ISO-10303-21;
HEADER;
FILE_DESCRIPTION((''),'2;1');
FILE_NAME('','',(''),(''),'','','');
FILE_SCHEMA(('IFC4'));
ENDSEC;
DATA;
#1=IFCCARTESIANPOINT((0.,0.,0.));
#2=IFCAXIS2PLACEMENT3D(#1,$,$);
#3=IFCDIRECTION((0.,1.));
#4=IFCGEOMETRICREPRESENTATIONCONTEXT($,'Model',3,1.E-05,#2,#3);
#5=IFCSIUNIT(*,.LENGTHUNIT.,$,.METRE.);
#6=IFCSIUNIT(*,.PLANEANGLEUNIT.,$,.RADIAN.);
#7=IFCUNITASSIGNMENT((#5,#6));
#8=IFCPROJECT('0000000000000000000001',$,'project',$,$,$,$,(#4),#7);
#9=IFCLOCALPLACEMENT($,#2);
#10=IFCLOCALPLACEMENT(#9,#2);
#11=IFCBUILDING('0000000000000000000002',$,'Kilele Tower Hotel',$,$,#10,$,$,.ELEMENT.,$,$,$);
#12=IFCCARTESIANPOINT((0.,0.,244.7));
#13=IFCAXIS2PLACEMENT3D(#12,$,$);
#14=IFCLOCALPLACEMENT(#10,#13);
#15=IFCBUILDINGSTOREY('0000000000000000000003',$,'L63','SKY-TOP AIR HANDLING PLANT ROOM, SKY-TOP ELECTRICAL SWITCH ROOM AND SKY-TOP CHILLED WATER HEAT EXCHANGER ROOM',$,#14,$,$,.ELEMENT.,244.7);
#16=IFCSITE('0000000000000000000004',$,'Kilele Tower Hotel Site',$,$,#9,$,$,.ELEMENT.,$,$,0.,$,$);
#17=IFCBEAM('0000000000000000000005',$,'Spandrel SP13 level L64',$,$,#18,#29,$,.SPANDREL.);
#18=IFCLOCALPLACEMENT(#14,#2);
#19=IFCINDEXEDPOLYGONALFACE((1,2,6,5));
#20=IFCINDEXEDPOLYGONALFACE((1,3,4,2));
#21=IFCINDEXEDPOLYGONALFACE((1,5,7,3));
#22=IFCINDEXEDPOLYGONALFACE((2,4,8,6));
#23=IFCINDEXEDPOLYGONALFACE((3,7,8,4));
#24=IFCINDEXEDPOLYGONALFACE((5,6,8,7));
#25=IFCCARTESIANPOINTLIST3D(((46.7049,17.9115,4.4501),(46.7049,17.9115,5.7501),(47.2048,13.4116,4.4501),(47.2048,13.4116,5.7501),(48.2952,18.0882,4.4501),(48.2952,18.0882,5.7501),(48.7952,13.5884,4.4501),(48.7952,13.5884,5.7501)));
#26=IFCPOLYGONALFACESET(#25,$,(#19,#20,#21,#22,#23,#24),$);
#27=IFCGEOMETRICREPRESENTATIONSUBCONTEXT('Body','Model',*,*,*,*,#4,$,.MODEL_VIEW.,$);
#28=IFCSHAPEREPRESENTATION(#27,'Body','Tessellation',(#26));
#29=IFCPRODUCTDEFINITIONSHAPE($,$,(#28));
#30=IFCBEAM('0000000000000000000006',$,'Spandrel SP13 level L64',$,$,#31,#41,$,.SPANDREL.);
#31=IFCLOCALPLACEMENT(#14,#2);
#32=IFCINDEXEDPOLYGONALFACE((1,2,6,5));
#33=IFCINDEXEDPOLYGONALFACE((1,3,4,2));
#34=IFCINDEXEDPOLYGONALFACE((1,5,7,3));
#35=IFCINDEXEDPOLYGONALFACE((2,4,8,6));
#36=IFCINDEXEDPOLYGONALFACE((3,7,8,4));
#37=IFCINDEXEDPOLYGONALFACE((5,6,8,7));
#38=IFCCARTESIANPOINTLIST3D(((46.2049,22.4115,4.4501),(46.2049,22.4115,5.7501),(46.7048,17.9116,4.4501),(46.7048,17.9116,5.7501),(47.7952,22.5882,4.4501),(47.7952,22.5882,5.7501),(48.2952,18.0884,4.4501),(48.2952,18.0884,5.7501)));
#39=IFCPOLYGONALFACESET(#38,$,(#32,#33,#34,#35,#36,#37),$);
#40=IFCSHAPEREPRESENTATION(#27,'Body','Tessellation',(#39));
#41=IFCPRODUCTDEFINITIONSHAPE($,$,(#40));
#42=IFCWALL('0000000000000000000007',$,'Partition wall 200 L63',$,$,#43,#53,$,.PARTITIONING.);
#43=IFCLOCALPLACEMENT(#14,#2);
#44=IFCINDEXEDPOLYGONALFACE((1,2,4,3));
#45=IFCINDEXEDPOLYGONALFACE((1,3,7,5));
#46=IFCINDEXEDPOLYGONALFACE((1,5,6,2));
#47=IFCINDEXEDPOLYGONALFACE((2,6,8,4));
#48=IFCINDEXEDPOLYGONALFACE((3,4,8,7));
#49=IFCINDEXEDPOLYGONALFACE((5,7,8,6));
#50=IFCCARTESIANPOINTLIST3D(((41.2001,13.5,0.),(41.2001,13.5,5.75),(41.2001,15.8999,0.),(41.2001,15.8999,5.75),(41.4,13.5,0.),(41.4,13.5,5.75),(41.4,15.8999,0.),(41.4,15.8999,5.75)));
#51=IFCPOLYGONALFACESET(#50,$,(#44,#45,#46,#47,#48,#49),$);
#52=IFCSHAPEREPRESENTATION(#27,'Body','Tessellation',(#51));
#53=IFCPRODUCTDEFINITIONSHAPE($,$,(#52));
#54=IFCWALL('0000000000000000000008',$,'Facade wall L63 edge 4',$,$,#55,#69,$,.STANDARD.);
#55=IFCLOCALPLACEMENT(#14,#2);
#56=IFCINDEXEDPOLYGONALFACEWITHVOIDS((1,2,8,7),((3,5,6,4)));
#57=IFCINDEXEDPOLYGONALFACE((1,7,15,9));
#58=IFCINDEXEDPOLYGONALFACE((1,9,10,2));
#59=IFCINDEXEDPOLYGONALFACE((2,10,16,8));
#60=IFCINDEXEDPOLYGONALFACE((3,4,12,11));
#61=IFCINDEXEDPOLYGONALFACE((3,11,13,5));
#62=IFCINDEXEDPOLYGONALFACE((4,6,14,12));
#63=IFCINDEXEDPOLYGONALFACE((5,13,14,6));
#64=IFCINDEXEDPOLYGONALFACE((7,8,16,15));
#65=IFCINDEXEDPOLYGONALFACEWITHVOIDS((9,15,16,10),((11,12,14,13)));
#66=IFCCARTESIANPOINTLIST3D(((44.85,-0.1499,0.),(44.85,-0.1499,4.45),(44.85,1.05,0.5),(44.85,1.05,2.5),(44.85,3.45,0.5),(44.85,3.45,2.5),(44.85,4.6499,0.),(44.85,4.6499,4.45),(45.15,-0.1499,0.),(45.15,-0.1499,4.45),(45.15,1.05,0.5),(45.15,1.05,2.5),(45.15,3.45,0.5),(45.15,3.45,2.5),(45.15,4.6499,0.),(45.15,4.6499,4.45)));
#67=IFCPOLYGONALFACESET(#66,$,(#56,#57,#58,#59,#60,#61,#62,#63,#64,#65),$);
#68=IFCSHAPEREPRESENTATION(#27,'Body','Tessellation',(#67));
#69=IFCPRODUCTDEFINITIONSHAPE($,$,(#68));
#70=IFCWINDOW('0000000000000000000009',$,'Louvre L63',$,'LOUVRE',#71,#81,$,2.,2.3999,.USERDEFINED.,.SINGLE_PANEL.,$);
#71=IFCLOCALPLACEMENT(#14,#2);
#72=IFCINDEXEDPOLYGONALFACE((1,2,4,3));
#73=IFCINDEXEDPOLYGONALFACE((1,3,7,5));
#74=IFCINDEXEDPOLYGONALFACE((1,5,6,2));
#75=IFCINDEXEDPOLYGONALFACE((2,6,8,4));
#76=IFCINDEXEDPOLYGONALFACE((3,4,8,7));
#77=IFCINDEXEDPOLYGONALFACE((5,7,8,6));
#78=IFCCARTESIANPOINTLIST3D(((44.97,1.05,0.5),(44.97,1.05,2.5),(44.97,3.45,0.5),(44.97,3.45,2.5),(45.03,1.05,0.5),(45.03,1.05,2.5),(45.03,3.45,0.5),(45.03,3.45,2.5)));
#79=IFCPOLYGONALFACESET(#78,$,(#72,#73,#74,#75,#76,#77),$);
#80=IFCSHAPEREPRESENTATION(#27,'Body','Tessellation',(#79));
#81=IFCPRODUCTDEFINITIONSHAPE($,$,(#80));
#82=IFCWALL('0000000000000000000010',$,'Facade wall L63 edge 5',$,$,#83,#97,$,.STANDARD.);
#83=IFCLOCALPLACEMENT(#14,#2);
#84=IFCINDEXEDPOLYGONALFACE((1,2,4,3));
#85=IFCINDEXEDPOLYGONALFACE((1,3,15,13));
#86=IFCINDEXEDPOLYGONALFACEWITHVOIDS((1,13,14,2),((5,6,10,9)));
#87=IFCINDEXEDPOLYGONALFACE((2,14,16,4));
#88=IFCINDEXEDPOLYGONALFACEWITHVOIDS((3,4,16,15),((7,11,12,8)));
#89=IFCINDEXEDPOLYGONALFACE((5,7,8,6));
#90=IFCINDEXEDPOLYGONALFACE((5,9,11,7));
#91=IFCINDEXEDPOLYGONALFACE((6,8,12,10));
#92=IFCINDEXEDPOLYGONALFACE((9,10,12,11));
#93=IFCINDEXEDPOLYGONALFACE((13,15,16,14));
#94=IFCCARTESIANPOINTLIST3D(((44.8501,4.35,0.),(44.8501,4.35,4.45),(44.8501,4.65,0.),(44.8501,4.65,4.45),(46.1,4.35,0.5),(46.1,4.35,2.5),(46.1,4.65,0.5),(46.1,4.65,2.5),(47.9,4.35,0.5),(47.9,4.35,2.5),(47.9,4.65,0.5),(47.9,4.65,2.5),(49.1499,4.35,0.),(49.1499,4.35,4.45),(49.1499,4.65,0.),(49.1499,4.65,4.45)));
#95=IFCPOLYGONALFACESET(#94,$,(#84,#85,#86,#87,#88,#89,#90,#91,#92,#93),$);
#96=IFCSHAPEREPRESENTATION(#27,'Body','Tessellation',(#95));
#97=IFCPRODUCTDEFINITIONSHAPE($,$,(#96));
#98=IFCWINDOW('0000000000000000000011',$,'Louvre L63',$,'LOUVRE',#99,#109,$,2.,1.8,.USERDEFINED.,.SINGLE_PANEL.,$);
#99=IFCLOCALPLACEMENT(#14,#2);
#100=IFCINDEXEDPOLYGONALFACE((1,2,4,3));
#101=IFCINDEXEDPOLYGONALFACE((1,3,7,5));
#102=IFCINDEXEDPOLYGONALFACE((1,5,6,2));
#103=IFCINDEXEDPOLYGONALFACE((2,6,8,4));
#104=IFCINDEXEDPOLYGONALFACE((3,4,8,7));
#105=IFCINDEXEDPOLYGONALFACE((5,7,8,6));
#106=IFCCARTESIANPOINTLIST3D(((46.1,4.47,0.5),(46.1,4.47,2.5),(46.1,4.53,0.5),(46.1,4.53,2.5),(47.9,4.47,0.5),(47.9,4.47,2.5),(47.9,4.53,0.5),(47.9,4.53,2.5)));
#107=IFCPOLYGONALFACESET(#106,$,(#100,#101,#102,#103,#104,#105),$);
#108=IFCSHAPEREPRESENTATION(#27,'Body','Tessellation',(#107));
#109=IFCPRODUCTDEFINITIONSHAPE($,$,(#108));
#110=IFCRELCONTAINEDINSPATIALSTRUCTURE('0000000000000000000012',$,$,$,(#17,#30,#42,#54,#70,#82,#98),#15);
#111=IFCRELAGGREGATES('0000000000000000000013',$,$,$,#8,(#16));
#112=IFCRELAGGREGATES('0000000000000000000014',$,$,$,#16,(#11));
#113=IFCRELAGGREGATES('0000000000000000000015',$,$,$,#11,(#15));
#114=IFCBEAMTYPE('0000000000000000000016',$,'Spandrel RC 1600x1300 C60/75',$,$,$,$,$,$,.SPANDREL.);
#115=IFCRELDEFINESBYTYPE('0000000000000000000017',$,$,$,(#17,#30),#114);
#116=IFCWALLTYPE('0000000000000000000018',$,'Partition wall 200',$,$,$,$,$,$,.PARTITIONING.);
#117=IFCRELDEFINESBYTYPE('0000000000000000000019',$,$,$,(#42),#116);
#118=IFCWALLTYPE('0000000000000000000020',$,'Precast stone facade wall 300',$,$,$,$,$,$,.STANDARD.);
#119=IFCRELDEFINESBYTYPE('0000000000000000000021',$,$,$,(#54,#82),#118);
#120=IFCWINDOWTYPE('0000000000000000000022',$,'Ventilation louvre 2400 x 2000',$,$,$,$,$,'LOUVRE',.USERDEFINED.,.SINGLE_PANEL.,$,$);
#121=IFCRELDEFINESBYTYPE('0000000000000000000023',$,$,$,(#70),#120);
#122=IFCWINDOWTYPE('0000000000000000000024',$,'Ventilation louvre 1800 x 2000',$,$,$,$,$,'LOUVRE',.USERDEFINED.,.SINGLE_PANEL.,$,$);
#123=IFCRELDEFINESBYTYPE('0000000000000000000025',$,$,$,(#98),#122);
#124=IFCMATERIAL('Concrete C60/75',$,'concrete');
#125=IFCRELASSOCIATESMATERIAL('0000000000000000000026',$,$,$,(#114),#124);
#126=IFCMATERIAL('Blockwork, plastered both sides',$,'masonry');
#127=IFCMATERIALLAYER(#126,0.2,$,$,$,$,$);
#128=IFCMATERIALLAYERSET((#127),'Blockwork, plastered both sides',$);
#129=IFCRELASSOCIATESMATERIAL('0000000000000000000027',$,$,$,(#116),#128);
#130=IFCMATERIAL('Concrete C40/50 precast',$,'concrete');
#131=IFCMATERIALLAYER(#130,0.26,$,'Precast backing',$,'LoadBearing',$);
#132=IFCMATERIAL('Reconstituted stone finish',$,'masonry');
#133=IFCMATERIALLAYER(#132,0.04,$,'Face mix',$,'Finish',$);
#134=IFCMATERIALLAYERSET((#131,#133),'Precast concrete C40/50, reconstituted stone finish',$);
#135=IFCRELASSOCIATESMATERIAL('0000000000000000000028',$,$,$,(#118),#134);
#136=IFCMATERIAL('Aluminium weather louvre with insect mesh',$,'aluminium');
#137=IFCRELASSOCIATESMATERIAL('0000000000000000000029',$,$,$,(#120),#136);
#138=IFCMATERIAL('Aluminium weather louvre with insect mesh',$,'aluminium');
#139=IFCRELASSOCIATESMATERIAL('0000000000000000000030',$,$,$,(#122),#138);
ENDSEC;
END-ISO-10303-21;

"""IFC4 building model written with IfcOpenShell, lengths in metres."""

from ifc_helpers import new_model, si_unit, direction, frame, frame_2d, origin, origin_2d, place, context, subcontext, project, spatial, rectangle, extrude, material, layer, layer_set, material_profile, profile_set, type_object, element, fill, save


model = new_model("IFC4")

# Units and contexts
model_context = context("Model", 3, precision=1e-05, world=origin(), true_north=direction((0.0, 1.0)))
body_context = subcontext(model_context, "Body", "Model", "MODEL_VIEW")
ifc_project = project(units=[si_unit("LENGTHUNIT", "METRE"), si_unit("PLANEANGLEUNIT", "RADIAN")], contexts=[model_context])

# Site, building, storey
site_placement = place(None, origin())
site = spatial("IfcSite", under=ifc_project, at=site_placement, Name="Kilele Tower Hotel Site", CompositionType="ELEMENT", RefElevation=0.0)
building_placement = place(site_placement, origin())
building = spatial("IfcBuilding", under=site, at=building_placement, Name="Kilele Tower Hotel", CompositionType="ELEMENT")
storey_placement = place(building_placement, frame((0.0, 0.0, 244.7)))
storey = spatial("IfcBuildingStorey", under=building, at=storey_placement, Name="L63", Description="SKY-TOP AIR HANDLING PLANT ROOM, SKY-TOP ELECTRICAL SWITCH ROOM AND SKY-TOP CHILLED WATER HEAT EXCHANGER ROOM", CompositionType="ELEMENT", Elevation=244.7)

# Beams
ifc_material_1 = material(Name="Concrete C60/75", Category="concrete")
ifc_material_profile_1 = material_profile(ifc_material_1, rectangle(XDim=1.6001, YDim=1.3, at=origin_2d()))
ifc_profile_set_1 = profile_set([ifc_material_profile_1], Name="Concrete C60/75")
beam_type_1 = type_object("IfcBeamType", Name="Spandrel RC 1600x1300 C60/75", PredefinedType="SPANDREL", material=ifc_profile_set_1)
for number, where, z_axis, x_axis, name in (
    (1, (48.0, 13.5, 5.1001), (-0.110432, 0.993884, 0.0), (-0.993884, -0.110432, 0.0), "Spandrel SP13 level L64"),
    (2, (47.5, 18.0, 5.1001), (-0.110432, 0.993884, 0.0), (-0.993884, -0.110432, 0.0), "Spandrel SP13 level L64"),
):
    element("IfcBeam", number, at=place(storey_placement, frame(where, z_axis=z_axis, x_axis=x_axis)), inside=storey, type_object=beam_type_1, Name=name, PredefinedType="SPANDREL", context=body_context, shape_type="SweptSolid", body=[
        extrude(rectangle(XDim=1.6001, YDim=1.3, at=origin_2d()), origin(), (0.0, 0.0, 1.0), 4.5276),
    ])

# Wall
ifc_material_2 = material(Name="Blockwork, plastered both sides", Category="masonry")
ifc_layer_1 = layer(ifc_material_2, 0.2)
ifc_layer_set_1 = layer_set([ifc_layer_1], Name="Blockwork, plastered both sides")
wall_type_1 = type_object("IfcWallType", Name="Partition wall 200", PredefinedType="PARTITIONING", material=ifc_layer_set_1)
wall_1_placement = place(storey_placement, frame((41.3, 13.5, 0.0), z_axis=(0.0, 0.0, 1.0), x_axis=(0.0, 1.0, 0.0)))
element("IfcWall", 3, at=wall_1_placement, inside=storey, type_object=wall_type_1, Name="Partition wall 200 L63", PredefinedType="PARTITIONING", context=body_context, shape_type="SweptSolid", body=[
    extrude(rectangle(XDim=2.3999, YDim=0.2, at=frame_2d((1.2, 0.0))), origin(), (0.0, 0.0, 1.0), 5.75),
])

# Walls, openings, windows
ifc_material_3 = material(Name="Concrete C40/50 precast", Category="concrete")
ifc_layer_2 = layer(ifc_material_3, 0.26, Name="Precast backing", Category="LoadBearing")
ifc_material_4 = material(Name="Reconstituted stone finish", Category="masonry")
ifc_layer_3 = layer(ifc_material_4, 0.04, Name="Face mix", Category="Finish")
ifc_layer_set_2 = layer_set([ifc_layer_2, ifc_layer_3], Name="Precast concrete C40/50, reconstituted stone finish")
wall_type_2 = type_object("IfcWallType", Name="Precast stone facade wall 300", PredefinedType="STANDARD", material=ifc_layer_set_2)
wall_2_placement = place(storey_placement, frame((45.0, -0.1499, 0.0), z_axis=(0.0, 0.0, 1.0), x_axis=(0.0, 1.0, 0.0)))
wall_2 = element("IfcWall", 4, at=wall_2_placement, inside=storey, type_object=wall_type_2, Name="Facade wall L63 edge 4", PredefinedType="STANDARD", context=body_context, shape_type="SweptSolid", body=[
    extrude(rectangle(XDim=4.7998, YDim=0.3, at=frame_2d((2.3999, 0.0))), origin(), (0.0, 0.0, 1.0), 4.45),
])
opening_1_placement = place(wall_2_placement, frame((1.2, 0.0, 0.5)))
opening_1 = element("IfcOpeningElement", 5, at=opening_1_placement, cuts=wall_2, PredefinedType="OPENING", context=body_context, shape_type="SweptSolid", body=[
    extrude(rectangle(XDim=2.3999, YDim=2.0, at=frame_2d((1.2, 1.0))), frame((0.0, 0.1599, 0.0), z_axis=(0.0, -1.0, 0.0), x_axis=(1.0, 0.0, 0.0)), (0.0, 0.0, 1.0), 0.3201),
])
ifc_material_5 = material(Name="Aluminium weather louvre with insect mesh", Category="aluminium")
window_type_1 = type_object("IfcWindowType", Name="Ventilation louvre 2400 x 2000", ElementType="LOUVRE", PartitioningType="SINGLE_PANEL", PredefinedType="USERDEFINED", material=ifc_material_5)
window_1_placement = place(opening_1_placement, origin())
window_1 = element("IfcWindow", 6, at=window_1_placement, inside=storey, type_object=window_type_1, Name="Louvre L63", ObjectType="LOUVRE", OverallHeight=2.0, OverallWidth=2.3999, PartitioningType="SINGLE_PANEL", PredefinedType="USERDEFINED", context=body_context, shape_type="SweptSolid", body=[
    extrude(rectangle(XDim=2.3999, YDim=2.0, at=frame_2d((1.2, 1.0))), frame((0.0, 0.03, 0.0), z_axis=(0.0, -1.0, 0.0), x_axis=(1.0, 0.0, 0.0)), (0.0, 0.0, 1.0), 0.0601),
])
fill(opening_1, window_1)
wall_3_placement = place(storey_placement, frame((44.8501, 4.5, 0.0), z_axis=(0.0, 0.0, 1.0), x_axis=(1.0, 0.0, 0.0)))
wall_3 = element("IfcWall", 7, at=wall_3_placement, inside=storey, type_object=wall_type_2, Name="Facade wall L63 edge 5", PredefinedType="STANDARD", context=body_context, shape_type="SweptSolid", body=[
    extrude(rectangle(XDim=4.2998, YDim=0.3, at=frame_2d((2.1499, 0.0))), origin(), (0.0, 0.0, 1.0), 4.45),
])
opening_2_placement = place(wall_3_placement, frame((1.25, 0.0, 0.5)))
opening_2 = element("IfcOpeningElement", 8, at=opening_2_placement, cuts=wall_3, PredefinedType="OPENING", context=body_context, shape_type="SweptSolid", body=[
    extrude(rectangle(XDim=1.8, YDim=2.0, at=frame_2d((0.8999, 1.0))), frame((0.0, 0.1599, 0.0), z_axis=(0.0, -1.0, 0.0), x_axis=(1.0, 0.0, 0.0)), (0.0, 0.0, 1.0), 0.3201),
])
ifc_material_6 = material(Name="Aluminium weather louvre with insect mesh", Category="aluminium")
window_type_2 = type_object("IfcWindowType", Name="Ventilation louvre 1800 x 2000", ElementType="LOUVRE", PartitioningType="SINGLE_PANEL", PredefinedType="USERDEFINED", material=ifc_material_6)
window_2_placement = place(opening_2_placement, origin())
window_2 = element("IfcWindow", 9, at=window_2_placement, inside=storey, type_object=window_type_2, Name="Louvre L63", ObjectType="LOUVRE", OverallHeight=2.0, OverallWidth=1.8, PartitioningType="SINGLE_PANEL", PredefinedType="USERDEFINED", context=body_context, shape_type="SweptSolid", body=[
    extrude(rectangle(XDim=1.8, YDim=2.0, at=frame_2d((0.8999, 1.0))), frame((0.0, 0.03, 0.0), z_axis=(0.0, -1.0, 0.0), x_axis=(1.0, 0.0, 0.0)), (0.0, 0.0, 1.0), 0.0601),
])
fill(opening_2, window_2)

save(model, "model.ifc")
